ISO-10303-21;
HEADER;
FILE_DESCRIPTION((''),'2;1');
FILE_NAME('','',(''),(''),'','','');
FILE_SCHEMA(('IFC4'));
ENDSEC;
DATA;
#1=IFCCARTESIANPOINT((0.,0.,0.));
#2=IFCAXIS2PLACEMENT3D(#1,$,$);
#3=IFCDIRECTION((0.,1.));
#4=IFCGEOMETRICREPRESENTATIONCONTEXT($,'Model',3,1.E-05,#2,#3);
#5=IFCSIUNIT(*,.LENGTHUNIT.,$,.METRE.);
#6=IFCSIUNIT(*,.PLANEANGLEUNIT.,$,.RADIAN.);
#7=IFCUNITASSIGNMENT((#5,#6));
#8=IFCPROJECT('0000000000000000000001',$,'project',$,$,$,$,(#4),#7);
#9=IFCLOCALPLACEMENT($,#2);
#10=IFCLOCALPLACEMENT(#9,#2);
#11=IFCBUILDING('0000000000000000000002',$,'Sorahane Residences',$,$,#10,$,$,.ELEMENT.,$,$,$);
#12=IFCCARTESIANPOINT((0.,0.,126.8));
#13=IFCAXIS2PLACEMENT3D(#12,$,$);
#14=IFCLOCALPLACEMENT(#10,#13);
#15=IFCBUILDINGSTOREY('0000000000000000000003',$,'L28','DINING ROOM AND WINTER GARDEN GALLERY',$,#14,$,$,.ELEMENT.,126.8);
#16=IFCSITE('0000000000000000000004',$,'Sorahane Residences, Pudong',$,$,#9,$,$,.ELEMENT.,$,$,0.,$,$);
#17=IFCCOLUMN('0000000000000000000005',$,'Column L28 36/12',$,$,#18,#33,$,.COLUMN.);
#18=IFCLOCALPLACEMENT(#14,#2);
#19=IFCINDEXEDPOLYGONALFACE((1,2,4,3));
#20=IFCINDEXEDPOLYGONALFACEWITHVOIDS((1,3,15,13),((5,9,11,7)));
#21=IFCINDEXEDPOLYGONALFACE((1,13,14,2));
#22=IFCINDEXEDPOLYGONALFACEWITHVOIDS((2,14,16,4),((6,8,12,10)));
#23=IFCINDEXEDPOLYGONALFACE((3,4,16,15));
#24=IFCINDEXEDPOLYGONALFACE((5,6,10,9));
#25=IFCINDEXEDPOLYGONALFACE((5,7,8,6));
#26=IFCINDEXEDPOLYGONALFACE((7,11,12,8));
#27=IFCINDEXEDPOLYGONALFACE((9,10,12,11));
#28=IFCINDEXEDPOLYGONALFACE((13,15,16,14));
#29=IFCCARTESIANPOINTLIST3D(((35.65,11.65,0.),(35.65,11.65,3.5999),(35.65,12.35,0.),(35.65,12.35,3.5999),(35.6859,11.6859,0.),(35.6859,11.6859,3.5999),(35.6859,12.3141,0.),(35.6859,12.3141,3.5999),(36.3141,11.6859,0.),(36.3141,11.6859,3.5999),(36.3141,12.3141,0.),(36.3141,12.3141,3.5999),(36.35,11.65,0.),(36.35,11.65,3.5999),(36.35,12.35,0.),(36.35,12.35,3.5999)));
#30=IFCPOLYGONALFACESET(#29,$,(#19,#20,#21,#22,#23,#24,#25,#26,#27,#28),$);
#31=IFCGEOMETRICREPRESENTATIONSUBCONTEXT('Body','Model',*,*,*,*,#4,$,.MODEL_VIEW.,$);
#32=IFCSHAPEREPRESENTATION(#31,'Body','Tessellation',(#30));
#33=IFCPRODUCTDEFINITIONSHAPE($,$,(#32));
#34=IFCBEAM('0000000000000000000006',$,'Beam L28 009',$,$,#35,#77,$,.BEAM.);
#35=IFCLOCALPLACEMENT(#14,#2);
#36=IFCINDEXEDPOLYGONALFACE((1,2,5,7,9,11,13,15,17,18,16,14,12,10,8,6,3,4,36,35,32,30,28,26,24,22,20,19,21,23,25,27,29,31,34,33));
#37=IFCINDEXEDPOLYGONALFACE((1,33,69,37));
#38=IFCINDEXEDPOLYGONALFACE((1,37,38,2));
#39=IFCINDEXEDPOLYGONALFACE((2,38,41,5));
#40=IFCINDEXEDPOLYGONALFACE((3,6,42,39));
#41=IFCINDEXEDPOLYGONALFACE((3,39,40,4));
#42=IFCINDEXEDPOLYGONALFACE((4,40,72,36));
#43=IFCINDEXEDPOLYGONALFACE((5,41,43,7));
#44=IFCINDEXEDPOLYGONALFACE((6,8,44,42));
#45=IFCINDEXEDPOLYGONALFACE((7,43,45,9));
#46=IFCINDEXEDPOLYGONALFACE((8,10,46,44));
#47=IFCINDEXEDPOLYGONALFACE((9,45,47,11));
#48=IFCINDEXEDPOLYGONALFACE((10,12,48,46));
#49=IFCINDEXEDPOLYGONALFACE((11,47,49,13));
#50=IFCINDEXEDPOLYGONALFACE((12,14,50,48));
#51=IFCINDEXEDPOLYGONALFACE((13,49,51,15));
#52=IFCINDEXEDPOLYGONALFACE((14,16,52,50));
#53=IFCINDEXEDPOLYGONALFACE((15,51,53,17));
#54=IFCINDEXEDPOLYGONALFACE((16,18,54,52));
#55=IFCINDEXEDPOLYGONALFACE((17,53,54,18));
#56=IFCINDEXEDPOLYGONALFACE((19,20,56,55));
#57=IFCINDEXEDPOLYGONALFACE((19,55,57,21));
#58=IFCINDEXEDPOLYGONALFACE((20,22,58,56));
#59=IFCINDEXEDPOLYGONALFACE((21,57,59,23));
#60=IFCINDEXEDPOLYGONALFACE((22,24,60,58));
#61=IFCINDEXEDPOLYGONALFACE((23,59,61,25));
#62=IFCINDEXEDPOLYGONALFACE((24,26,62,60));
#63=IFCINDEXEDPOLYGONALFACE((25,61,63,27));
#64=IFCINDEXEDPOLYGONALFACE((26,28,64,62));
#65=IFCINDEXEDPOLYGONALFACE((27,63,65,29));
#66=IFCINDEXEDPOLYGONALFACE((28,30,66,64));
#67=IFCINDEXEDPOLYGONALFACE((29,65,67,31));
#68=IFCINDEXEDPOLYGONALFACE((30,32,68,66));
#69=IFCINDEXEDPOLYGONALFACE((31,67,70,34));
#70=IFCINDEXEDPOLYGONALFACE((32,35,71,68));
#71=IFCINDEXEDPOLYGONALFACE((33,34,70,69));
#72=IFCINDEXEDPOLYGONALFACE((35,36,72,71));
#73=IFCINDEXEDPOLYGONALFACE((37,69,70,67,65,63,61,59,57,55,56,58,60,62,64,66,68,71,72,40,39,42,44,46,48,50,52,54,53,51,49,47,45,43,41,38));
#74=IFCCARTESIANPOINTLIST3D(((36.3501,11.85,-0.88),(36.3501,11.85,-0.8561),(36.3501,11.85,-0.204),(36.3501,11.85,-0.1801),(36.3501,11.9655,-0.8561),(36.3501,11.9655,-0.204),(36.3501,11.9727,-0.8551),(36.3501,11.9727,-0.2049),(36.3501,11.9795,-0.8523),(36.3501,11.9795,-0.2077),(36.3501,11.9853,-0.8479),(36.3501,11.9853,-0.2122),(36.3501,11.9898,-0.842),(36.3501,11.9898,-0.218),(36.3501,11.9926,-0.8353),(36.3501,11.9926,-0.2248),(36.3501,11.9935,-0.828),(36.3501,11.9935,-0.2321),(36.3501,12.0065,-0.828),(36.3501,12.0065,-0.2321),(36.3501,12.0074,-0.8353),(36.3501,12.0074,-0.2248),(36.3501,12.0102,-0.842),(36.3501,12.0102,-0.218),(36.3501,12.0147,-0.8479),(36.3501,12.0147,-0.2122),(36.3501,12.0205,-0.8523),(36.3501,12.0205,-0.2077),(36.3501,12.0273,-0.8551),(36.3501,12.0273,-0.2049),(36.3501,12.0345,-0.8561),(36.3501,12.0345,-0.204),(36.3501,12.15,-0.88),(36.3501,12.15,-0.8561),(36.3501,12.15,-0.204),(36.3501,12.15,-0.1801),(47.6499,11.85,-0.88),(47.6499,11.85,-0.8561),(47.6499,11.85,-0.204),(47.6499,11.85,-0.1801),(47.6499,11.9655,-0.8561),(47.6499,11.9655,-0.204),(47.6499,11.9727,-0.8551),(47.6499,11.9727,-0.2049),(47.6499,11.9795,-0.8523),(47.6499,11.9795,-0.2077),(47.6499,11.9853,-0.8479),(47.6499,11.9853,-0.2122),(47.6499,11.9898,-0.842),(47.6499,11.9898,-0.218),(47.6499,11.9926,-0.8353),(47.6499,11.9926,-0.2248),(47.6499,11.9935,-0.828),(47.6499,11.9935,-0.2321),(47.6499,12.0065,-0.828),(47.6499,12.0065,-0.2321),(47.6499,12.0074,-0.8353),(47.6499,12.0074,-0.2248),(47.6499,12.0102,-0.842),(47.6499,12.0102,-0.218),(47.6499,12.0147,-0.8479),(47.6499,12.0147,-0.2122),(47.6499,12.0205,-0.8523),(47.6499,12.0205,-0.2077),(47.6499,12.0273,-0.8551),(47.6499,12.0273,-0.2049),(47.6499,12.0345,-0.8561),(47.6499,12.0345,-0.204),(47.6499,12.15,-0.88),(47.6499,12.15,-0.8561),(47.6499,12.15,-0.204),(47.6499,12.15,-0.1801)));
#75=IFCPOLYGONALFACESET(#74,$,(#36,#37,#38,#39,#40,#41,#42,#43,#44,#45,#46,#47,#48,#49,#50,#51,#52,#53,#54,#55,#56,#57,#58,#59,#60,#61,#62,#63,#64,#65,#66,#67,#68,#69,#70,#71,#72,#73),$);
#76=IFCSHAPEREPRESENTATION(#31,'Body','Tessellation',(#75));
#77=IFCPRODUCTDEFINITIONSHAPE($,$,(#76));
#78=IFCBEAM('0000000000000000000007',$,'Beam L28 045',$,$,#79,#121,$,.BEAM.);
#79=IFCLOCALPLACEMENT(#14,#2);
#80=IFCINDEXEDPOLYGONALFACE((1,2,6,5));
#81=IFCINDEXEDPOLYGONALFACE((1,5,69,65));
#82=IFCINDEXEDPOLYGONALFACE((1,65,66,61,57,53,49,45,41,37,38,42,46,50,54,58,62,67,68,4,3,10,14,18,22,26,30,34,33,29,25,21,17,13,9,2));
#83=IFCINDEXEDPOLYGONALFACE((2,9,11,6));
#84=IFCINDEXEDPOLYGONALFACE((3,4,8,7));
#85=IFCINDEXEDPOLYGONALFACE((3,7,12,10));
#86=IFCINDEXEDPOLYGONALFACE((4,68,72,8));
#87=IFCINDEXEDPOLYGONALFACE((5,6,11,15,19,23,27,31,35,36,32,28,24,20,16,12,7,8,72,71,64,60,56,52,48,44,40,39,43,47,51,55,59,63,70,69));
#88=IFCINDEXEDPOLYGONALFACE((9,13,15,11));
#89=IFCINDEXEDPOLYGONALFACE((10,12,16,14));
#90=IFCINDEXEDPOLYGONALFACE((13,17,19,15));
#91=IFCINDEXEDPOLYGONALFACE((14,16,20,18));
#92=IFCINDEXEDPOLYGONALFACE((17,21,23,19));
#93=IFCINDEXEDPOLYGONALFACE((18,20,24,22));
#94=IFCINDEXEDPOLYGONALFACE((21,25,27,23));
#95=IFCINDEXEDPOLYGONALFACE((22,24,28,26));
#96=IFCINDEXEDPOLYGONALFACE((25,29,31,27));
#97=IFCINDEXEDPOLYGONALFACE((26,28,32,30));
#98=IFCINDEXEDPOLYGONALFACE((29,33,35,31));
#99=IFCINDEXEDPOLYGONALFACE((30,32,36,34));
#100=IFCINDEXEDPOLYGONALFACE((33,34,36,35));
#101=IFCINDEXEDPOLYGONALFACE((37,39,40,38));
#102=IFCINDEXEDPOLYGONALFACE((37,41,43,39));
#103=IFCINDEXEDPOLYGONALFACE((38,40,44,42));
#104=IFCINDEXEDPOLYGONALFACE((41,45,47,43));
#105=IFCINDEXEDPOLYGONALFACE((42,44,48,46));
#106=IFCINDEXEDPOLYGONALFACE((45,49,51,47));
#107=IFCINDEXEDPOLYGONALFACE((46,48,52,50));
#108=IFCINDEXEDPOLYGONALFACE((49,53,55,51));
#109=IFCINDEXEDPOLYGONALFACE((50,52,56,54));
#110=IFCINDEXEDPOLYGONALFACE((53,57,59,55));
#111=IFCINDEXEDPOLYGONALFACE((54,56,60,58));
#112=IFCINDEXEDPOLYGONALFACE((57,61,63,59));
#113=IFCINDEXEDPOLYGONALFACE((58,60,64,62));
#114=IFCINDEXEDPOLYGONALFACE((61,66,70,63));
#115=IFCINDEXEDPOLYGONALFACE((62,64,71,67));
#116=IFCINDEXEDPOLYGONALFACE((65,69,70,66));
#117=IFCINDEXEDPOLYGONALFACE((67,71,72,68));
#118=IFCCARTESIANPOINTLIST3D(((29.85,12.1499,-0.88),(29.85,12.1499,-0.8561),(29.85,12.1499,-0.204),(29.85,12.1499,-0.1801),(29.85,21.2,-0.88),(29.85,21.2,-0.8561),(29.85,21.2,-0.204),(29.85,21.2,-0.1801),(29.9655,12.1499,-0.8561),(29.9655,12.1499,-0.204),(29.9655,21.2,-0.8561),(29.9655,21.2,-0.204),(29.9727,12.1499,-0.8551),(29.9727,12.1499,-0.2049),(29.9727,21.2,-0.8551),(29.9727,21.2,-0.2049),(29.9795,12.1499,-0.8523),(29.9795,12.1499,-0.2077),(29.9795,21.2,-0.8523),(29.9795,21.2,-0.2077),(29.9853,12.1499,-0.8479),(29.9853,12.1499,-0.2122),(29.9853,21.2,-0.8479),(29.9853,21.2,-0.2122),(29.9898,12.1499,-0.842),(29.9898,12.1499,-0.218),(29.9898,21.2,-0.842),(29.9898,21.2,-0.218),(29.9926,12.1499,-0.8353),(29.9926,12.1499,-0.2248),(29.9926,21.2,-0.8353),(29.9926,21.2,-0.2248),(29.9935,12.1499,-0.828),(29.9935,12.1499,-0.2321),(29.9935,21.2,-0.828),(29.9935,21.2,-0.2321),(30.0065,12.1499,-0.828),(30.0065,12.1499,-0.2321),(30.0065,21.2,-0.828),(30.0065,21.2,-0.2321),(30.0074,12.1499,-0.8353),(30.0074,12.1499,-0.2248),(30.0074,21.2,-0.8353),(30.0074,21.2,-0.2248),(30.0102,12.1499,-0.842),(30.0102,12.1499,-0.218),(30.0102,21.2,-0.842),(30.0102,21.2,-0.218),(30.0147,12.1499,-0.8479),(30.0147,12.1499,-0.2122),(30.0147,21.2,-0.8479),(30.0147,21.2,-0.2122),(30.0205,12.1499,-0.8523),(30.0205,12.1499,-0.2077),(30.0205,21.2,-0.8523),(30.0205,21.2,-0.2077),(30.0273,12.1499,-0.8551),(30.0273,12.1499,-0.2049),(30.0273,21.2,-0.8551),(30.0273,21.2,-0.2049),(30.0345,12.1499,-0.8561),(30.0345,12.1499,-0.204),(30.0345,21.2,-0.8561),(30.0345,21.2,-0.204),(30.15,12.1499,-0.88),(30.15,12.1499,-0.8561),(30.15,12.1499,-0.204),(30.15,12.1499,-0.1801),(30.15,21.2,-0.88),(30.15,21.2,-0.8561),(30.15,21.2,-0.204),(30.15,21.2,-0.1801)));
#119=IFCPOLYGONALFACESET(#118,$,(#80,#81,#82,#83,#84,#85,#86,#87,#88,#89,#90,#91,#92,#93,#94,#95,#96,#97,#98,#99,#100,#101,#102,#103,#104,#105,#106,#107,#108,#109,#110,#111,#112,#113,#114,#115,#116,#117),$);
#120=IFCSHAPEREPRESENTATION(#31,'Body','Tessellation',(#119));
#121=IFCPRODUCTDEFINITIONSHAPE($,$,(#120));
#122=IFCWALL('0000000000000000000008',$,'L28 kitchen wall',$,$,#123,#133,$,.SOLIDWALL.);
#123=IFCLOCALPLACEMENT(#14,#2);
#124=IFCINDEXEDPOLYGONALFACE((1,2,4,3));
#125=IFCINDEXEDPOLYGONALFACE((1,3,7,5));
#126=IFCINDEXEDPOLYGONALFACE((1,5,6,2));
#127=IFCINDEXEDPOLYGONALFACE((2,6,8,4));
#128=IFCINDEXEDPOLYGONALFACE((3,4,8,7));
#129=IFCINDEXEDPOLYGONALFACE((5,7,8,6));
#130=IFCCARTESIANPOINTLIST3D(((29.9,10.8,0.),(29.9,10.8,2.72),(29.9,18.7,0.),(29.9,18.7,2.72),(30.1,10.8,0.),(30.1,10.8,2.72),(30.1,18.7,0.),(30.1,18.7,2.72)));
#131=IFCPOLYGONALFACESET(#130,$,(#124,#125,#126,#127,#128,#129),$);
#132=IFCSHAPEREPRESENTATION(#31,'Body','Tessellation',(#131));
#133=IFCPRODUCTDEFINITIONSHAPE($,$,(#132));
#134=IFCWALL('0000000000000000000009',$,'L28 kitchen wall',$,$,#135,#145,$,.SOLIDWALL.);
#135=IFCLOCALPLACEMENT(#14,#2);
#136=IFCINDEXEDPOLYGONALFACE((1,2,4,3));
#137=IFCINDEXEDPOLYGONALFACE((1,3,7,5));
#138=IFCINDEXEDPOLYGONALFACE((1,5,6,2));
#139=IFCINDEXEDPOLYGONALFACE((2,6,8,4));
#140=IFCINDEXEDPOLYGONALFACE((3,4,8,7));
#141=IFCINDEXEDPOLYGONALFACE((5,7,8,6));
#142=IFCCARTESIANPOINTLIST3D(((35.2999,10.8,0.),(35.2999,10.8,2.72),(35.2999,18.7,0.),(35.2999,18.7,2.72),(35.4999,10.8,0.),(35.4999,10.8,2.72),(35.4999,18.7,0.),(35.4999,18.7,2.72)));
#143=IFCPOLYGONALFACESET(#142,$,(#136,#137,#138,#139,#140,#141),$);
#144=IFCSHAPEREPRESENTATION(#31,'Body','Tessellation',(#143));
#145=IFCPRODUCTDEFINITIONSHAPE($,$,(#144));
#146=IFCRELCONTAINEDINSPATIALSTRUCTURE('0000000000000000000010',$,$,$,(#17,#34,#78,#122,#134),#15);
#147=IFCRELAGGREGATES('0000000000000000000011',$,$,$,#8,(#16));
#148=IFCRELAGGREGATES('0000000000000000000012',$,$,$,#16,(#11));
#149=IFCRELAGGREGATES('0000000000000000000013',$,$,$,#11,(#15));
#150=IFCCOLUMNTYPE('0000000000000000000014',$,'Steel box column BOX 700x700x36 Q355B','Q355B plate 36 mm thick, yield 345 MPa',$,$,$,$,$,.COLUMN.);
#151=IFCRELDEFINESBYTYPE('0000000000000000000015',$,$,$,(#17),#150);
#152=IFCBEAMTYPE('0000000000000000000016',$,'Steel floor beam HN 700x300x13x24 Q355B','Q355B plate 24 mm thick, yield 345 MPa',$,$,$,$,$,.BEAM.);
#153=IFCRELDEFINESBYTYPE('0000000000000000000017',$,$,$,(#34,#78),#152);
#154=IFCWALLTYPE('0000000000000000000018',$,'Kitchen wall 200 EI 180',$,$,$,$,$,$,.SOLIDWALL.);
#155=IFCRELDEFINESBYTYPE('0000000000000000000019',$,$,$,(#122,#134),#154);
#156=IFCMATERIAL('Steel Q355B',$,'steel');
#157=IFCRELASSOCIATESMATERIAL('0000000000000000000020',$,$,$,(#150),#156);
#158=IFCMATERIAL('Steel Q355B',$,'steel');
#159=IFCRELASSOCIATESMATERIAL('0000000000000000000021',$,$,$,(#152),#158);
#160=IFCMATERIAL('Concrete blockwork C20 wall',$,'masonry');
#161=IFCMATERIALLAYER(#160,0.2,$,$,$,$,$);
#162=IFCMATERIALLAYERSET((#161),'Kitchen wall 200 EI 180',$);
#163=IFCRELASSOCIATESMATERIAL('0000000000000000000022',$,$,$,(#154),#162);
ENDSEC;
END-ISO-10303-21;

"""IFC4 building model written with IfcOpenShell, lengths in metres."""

from ifc_helpers import new_model, si_unit, direction, frame, frame_2d, origin, origin_2d, place, context, subcontext, project, spatial, rectangle, hollow_rectangle, i_section, extrude, material, layer, layer_set, material_profile, profile_set, type_object, element, save


model = new_model("IFC4")

# Units and contexts
model_context = context("Model", 3, precision=1e-05, world=origin(), true_north=direction((0.0, 1.0)))
body_context = subcontext(model_context, "Body", "Model", "MODEL_VIEW")
ifc_project = project(units=[si_unit("LENGTHUNIT", "METRE"), si_unit("PLANEANGLEUNIT", "RADIAN")], contexts=[model_context])

# Site, building, storey
site_placement = place(None, origin())
site = spatial("IfcSite", under=ifc_project, at=site_placement, Name="Sorahane Residences, Pudong", CompositionType="ELEMENT", RefElevation=0.0)
building_placement = place(site_placement, origin())
building = spatial("IfcBuilding", under=site, at=building_placement, Name="Sorahane Residences", CompositionType="ELEMENT")
storey_placement = place(building_placement, frame((0.0, 0.0, 126.8)))
storey = spatial("IfcBuildingStorey", under=building, at=storey_placement, Name="L28", Description="DINING ROOM AND WINTER GARDEN GALLERY", CompositionType="ELEMENT", Elevation=126.8)

# Column
ifc_material_1 = material(Name="Steel Q355B", Category="steel")
ifc_material_profile_1 = material_profile(ifc_material_1, hollow_rectangle(XDim=0.7, YDim=0.7, WallThickness=0.0359, at=origin_2d()), Name="BOX 700x700x36")
ifc_profile_set_1 = profile_set([ifc_material_profile_1], Name="Steel Q355B")
column_type = type_object("IfcColumnType", Name="Steel box column BOX 700x700x36 Q355B", Description="Q355B plate 36 mm thick, yield 345 MPa", PredefinedType="COLUMN", material=ifc_profile_set_1)
column_placement = place(storey_placement, frame((36.0, 12.0, 0.0), z_axis=(0.0, 0.0, 1.0), x_axis=(1.0, 0.0, 0.0)))
element("IfcColumn", 1, at=column_placement, inside=storey, type_object=column_type, Name="Column L28 36/12", PredefinedType="COLUMN", context=body_context, shape_type="SweptSolid", body=[
    extrude(hollow_rectangle(XDim=0.7, YDim=0.7, WallThickness=0.0359, at=origin_2d()), origin(), (0.0, 0.0, 1.0), 3.5999),
])

# Beams
ifc_material_2 = material(Name="Steel Q355B", Category="steel")
ifc_material_profile_2 = material_profile(ifc_material_2, i_section(OverallWidth=0.3, OverallDepth=0.7, WebThickness=0.0129, FlangeThickness=0.0239, FilletRadius=0.0281, at=origin_2d()), Name="HN 700x300x13x24")
ifc_profile_set_2 = profile_set([ifc_material_profile_2], Name="Steel Q355B")
beam_type = type_object("IfcBeamType", Name="Steel floor beam HN 700x300x13x24 Q355B", Description="Q355B plate 24 mm thick, yield 345 MPa", PredefinedType="BEAM", material=ifc_profile_set_2)
beam_1_placement = place(storey_placement, frame((36.3501, 12.0, -0.53), z_axis=(1.0, 0.0, 0.0), x_axis=(0.0, 1.0, 0.0)))
element("IfcBeam", 2, at=beam_1_placement, inside=storey, type_object=beam_type, Name="Beam L28 009", PredefinedType="BEAM", context=body_context, shape_type="SweptSolid", body=[
    extrude(i_section(OverallWidth=0.3, OverallDepth=0.7, WebThickness=0.0129, FlangeThickness=0.0239, FilletRadius=0.0281, at=origin_2d()), origin(), (0.0, 0.0, 1.0), 11.2998),
])
beam_2_placement = place(storey_placement, frame((30.0, 12.1499, -0.53), z_axis=(0.0, 1.0, 0.0), x_axis=(-1.0, 0.0, 0.0)))
element("IfcBeam", 3, at=beam_2_placement, inside=storey, type_object=beam_type, Name="Beam L28 045", PredefinedType="BEAM", context=body_context, shape_type="SweptSolid", body=[
    extrude(i_section(OverallWidth=0.3, OverallDepth=0.7, WebThickness=0.0129, FlangeThickness=0.0239, FilletRadius=0.0281, at=origin_2d()), origin(), (0.0, 0.0, 1.0), 9.05),
])

# Walls
ifc_material_3 = material(Name="Concrete blockwork C20 wall", Category="masonry")
ifc_layer_1 = layer(ifc_material_3, 0.2)
ifc_layer_set_1 = layer_set([ifc_layer_1], Name="Kitchen wall 200 EI 180")
wall_type_1 = type_object("IfcWallType", Name="Kitchen wall 200 EI 180", PredefinedType="SOLIDWALL", material=ifc_layer_set_1)
for number, where, z_axis, x_axis, name in (
    (4, (30.0, 10.8, 0.0), (0.0, 0.0, 1.0), (0.0, 1.0, 0.0), "L28 kitchen wall"),
    (5, (35.3999, 10.8, 0.0), (0.0, 0.0, 1.0), (0.0, 1.0, 0.0), "L28 kitchen wall"),
):
    element("IfcWall", number, at=place(storey_placement, frame(where, z_axis=z_axis, x_axis=x_axis)), inside=storey, type_object=wall_type_1, Name=name, PredefinedType="SOLIDWALL", context=body_context, shape_type="SweptSolid", body=[
        extrude(rectangle(XDim=7.8999, YDim=0.2, at=frame_2d((3.95, 0.0))), origin(), (0.0, 0.0, 1.0), 2.72),
    ])

save(model, "model.ifc")
